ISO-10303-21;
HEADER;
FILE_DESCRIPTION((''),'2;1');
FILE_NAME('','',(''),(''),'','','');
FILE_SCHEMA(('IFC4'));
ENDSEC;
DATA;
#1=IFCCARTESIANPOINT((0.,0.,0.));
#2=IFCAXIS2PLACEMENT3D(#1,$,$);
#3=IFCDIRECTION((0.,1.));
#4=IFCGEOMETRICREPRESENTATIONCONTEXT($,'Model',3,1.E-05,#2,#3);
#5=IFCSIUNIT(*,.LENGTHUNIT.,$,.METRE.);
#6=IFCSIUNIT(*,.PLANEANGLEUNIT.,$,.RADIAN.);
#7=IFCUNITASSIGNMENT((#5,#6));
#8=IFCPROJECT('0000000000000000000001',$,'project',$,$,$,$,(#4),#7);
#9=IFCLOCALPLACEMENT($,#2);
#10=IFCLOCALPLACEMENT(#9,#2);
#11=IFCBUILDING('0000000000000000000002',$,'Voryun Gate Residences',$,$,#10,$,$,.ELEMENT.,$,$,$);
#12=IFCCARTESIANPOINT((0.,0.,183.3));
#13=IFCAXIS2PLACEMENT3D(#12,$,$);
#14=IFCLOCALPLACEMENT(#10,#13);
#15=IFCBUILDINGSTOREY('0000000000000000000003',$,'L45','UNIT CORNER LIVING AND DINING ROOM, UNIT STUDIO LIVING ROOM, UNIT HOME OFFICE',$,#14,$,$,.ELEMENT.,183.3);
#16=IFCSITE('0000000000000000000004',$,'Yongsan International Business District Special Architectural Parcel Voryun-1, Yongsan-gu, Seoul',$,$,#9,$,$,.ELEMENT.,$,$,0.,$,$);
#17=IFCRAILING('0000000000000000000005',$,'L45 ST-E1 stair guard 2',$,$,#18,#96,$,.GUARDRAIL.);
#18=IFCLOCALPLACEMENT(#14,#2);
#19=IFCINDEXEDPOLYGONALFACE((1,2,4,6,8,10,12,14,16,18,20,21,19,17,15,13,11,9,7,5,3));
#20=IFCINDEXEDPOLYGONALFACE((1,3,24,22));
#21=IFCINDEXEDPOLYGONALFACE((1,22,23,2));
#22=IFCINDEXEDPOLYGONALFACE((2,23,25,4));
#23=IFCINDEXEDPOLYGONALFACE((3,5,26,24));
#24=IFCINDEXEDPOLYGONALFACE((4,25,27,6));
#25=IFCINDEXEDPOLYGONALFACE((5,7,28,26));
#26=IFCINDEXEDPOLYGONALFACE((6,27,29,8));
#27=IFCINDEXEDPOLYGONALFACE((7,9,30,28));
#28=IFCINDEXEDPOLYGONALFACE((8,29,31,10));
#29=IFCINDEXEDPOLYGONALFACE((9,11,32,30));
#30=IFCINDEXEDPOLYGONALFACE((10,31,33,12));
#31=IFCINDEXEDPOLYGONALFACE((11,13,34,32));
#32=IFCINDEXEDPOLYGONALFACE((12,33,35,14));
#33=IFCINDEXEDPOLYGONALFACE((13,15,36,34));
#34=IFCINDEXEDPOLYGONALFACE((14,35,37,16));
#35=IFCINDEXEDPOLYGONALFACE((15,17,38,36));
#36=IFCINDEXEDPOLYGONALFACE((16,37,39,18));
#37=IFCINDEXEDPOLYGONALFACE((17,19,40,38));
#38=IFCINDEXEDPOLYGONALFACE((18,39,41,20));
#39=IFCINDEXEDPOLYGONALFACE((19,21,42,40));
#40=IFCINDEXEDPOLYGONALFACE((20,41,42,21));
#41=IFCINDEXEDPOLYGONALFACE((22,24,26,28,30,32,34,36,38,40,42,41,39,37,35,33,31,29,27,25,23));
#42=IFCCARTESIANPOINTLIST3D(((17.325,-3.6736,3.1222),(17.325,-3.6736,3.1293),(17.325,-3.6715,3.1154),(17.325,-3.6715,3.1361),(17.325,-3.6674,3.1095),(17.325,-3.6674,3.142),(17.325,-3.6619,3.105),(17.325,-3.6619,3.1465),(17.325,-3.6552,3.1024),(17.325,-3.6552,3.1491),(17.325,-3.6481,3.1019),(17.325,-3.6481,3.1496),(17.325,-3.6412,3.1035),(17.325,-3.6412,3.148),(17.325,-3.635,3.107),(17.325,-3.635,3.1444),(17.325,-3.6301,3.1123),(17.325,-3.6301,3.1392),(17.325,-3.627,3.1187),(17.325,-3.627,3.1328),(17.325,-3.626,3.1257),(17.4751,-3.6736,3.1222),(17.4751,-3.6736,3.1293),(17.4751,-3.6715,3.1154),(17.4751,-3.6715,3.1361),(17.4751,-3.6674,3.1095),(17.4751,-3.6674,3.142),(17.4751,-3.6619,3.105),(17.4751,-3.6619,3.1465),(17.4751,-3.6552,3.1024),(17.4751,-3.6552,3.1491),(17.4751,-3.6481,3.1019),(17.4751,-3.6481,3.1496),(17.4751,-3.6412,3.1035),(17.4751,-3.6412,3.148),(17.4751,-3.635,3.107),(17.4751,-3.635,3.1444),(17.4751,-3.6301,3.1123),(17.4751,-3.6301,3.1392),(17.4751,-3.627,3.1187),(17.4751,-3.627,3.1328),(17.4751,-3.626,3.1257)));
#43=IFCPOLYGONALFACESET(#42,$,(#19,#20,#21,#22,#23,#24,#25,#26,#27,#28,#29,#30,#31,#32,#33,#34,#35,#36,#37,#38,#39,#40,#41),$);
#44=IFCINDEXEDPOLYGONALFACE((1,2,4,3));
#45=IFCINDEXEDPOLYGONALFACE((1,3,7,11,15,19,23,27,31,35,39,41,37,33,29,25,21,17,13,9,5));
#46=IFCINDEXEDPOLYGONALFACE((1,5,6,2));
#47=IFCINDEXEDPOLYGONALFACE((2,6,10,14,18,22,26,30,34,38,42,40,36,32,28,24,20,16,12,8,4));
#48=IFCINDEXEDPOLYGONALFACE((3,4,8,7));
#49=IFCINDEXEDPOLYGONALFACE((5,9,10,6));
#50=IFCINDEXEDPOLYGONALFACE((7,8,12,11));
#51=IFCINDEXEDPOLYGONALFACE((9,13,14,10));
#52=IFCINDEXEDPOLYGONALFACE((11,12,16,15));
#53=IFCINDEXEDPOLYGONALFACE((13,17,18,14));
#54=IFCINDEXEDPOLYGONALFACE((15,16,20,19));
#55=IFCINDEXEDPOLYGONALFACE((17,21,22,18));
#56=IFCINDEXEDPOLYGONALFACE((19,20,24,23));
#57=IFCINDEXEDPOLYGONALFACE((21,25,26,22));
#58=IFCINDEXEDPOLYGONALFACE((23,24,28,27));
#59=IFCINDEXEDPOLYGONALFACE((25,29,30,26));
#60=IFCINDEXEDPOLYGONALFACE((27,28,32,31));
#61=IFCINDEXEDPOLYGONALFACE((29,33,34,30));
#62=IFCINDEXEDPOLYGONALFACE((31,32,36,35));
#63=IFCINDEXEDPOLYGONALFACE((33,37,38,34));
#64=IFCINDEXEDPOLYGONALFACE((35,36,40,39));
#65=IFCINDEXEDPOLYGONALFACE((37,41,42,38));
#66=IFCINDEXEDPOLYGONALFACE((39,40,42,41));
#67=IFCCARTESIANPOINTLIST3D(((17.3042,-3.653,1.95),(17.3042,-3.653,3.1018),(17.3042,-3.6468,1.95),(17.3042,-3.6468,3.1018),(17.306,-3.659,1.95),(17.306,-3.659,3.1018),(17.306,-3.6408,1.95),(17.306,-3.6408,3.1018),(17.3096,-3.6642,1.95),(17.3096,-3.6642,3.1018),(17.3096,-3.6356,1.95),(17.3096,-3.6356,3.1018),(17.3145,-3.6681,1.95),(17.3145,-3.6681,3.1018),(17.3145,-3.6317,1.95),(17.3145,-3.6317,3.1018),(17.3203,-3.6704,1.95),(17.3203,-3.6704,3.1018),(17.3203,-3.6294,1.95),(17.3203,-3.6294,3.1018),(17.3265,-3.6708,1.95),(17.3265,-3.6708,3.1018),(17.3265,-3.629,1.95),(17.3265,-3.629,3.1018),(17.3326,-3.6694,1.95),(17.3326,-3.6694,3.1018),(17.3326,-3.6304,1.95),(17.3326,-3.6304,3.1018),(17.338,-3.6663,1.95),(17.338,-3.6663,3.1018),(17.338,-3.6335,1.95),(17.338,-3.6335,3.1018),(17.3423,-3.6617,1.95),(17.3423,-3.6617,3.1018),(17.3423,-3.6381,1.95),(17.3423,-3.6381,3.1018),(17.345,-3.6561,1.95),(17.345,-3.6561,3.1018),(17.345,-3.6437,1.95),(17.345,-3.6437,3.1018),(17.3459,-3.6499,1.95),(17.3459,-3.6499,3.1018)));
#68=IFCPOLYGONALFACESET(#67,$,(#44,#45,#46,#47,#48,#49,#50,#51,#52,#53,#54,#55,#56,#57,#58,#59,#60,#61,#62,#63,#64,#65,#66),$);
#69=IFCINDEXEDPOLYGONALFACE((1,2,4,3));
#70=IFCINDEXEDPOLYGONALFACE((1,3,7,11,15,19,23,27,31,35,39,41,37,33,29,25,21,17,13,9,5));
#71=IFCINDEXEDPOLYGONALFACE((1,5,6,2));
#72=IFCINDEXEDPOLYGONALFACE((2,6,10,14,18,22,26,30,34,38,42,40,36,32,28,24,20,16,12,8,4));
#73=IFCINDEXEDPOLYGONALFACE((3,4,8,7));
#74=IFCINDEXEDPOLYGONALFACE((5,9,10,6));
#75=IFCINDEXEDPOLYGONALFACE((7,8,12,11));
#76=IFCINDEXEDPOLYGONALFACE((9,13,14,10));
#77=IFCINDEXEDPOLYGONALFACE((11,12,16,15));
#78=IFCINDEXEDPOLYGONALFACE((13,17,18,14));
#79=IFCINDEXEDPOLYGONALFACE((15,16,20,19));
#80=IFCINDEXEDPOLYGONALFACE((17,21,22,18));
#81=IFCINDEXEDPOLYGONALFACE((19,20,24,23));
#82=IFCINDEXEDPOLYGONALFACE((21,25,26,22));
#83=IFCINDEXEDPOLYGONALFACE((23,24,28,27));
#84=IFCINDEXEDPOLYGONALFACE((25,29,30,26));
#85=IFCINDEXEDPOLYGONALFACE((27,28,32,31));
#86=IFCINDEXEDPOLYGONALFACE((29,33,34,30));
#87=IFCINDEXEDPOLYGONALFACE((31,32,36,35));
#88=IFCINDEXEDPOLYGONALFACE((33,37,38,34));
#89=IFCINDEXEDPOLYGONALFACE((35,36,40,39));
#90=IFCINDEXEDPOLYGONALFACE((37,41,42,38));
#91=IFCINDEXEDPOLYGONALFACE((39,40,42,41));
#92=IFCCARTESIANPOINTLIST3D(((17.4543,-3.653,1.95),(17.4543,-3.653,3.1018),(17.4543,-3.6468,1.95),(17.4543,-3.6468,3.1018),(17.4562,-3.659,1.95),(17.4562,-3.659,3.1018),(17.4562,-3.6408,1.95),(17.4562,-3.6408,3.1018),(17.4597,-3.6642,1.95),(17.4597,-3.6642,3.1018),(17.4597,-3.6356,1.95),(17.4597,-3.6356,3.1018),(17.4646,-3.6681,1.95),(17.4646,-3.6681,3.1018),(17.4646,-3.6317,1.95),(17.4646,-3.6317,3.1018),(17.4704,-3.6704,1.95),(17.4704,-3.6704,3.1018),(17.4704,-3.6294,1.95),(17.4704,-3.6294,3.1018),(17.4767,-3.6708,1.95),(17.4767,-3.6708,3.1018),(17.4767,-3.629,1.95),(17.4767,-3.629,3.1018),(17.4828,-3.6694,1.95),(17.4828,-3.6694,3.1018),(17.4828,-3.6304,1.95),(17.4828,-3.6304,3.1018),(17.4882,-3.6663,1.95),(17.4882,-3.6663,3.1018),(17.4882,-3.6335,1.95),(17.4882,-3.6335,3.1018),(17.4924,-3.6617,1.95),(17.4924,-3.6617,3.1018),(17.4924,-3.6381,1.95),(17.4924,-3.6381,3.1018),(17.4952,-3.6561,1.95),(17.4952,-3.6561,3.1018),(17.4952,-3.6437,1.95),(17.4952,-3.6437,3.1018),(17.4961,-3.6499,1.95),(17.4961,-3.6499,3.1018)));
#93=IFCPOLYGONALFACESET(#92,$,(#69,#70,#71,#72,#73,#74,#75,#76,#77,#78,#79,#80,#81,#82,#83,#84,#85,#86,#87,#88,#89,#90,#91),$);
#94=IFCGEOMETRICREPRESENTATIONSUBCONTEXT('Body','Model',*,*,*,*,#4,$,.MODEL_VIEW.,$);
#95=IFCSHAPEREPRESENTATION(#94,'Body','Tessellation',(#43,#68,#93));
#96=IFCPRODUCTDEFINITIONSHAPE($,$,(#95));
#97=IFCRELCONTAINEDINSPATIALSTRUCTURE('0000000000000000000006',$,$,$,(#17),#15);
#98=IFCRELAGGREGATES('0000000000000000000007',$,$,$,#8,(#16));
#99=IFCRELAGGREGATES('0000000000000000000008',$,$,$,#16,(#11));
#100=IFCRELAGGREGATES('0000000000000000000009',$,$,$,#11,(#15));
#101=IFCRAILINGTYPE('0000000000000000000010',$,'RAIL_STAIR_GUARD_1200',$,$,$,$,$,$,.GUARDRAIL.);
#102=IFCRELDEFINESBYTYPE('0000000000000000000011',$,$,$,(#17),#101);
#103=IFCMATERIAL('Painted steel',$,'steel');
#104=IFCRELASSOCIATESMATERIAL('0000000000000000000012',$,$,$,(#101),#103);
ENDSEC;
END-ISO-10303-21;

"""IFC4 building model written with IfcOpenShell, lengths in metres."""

from ifc_helpers import new_model, si_unit, direction, frame, origin, origin_2d, place, context, subcontext, project, spatial, circle, extrude, material, type_object, element, save


model = new_model("IFC4")

# Units and contexts
model_context = context("Model", 3, precision=1e-05, world=origin(), true_north=direction((0.0, 1.0)))
body_context = subcontext(model_context, "Body", "Model", "MODEL_VIEW")
ifc_project = project(units=[si_unit("LENGTHUNIT", "METRE"), si_unit("PLANEANGLEUNIT", "RADIAN")], contexts=[model_context])

# Site, building, storey
site_placement = place(None, origin())
site = spatial("IfcSite", under=ifc_project, at=site_placement, Name="Yongsan International Business District Special Architectural Parcel Voryun-1, Yongsan-gu, Seoul", CompositionType="ELEMENT", RefElevation=0.0)
building_placement = place(site_placement, origin())
building = spatial("IfcBuilding", under=site, at=building_placement, Name="Voryun Gate Residences", CompositionType="ELEMENT")
storey_placement = place(building_placement, frame((0.0, 0.0, 183.3)))
storey = spatial("IfcBuildingStorey", under=building, at=storey_placement, Name="L45", Description="UNIT CORNER LIVING AND DINING ROOM, UNIT STUDIO LIVING ROOM, UNIT HOME OFFICE", CompositionType="ELEMENT", Elevation=183.3)

# Railing
ifc_material_1 = material(Name="Painted steel", Category="steel")
railing_type_1 = type_object("IfcRailingType", Name="RAIL_STAIR_GUARD_1200", PredefinedType="GUARDRAIL", material=ifc_material_1)
railing_1_placement = place(storey_placement, frame((17.325, -3.6499, 1.95)))
element("IfcRailing", 1, at=railing_1_placement, inside=storey, type_object=railing_type_1, Name="L45 ST-E1 stair guard 2", PredefinedType="GUARDRAIL", context=body_context, shape_type="SweptSolid", body=[
    extrude(circle(Radius=0.0239, at=origin_2d()), frame((0.0, 0.0, 1.1758), z_axis=(1.0, 0.0, 0.0), x_axis=(0.0, 1.0, 0.0)), (0.0, 0.0, 1.0), 0.1501),
    extrude(circle(Radius=0.021, at=origin_2d()), origin(), (0.0, 0.0, 1.0), 1.1519),
    extrude(circle(Radius=0.021, at=origin_2d()), frame((0.1501, 0.0, 0.0)), (0.0, 0.0, 1.0), 1.1519),
])

save(model, "model.ifc")
